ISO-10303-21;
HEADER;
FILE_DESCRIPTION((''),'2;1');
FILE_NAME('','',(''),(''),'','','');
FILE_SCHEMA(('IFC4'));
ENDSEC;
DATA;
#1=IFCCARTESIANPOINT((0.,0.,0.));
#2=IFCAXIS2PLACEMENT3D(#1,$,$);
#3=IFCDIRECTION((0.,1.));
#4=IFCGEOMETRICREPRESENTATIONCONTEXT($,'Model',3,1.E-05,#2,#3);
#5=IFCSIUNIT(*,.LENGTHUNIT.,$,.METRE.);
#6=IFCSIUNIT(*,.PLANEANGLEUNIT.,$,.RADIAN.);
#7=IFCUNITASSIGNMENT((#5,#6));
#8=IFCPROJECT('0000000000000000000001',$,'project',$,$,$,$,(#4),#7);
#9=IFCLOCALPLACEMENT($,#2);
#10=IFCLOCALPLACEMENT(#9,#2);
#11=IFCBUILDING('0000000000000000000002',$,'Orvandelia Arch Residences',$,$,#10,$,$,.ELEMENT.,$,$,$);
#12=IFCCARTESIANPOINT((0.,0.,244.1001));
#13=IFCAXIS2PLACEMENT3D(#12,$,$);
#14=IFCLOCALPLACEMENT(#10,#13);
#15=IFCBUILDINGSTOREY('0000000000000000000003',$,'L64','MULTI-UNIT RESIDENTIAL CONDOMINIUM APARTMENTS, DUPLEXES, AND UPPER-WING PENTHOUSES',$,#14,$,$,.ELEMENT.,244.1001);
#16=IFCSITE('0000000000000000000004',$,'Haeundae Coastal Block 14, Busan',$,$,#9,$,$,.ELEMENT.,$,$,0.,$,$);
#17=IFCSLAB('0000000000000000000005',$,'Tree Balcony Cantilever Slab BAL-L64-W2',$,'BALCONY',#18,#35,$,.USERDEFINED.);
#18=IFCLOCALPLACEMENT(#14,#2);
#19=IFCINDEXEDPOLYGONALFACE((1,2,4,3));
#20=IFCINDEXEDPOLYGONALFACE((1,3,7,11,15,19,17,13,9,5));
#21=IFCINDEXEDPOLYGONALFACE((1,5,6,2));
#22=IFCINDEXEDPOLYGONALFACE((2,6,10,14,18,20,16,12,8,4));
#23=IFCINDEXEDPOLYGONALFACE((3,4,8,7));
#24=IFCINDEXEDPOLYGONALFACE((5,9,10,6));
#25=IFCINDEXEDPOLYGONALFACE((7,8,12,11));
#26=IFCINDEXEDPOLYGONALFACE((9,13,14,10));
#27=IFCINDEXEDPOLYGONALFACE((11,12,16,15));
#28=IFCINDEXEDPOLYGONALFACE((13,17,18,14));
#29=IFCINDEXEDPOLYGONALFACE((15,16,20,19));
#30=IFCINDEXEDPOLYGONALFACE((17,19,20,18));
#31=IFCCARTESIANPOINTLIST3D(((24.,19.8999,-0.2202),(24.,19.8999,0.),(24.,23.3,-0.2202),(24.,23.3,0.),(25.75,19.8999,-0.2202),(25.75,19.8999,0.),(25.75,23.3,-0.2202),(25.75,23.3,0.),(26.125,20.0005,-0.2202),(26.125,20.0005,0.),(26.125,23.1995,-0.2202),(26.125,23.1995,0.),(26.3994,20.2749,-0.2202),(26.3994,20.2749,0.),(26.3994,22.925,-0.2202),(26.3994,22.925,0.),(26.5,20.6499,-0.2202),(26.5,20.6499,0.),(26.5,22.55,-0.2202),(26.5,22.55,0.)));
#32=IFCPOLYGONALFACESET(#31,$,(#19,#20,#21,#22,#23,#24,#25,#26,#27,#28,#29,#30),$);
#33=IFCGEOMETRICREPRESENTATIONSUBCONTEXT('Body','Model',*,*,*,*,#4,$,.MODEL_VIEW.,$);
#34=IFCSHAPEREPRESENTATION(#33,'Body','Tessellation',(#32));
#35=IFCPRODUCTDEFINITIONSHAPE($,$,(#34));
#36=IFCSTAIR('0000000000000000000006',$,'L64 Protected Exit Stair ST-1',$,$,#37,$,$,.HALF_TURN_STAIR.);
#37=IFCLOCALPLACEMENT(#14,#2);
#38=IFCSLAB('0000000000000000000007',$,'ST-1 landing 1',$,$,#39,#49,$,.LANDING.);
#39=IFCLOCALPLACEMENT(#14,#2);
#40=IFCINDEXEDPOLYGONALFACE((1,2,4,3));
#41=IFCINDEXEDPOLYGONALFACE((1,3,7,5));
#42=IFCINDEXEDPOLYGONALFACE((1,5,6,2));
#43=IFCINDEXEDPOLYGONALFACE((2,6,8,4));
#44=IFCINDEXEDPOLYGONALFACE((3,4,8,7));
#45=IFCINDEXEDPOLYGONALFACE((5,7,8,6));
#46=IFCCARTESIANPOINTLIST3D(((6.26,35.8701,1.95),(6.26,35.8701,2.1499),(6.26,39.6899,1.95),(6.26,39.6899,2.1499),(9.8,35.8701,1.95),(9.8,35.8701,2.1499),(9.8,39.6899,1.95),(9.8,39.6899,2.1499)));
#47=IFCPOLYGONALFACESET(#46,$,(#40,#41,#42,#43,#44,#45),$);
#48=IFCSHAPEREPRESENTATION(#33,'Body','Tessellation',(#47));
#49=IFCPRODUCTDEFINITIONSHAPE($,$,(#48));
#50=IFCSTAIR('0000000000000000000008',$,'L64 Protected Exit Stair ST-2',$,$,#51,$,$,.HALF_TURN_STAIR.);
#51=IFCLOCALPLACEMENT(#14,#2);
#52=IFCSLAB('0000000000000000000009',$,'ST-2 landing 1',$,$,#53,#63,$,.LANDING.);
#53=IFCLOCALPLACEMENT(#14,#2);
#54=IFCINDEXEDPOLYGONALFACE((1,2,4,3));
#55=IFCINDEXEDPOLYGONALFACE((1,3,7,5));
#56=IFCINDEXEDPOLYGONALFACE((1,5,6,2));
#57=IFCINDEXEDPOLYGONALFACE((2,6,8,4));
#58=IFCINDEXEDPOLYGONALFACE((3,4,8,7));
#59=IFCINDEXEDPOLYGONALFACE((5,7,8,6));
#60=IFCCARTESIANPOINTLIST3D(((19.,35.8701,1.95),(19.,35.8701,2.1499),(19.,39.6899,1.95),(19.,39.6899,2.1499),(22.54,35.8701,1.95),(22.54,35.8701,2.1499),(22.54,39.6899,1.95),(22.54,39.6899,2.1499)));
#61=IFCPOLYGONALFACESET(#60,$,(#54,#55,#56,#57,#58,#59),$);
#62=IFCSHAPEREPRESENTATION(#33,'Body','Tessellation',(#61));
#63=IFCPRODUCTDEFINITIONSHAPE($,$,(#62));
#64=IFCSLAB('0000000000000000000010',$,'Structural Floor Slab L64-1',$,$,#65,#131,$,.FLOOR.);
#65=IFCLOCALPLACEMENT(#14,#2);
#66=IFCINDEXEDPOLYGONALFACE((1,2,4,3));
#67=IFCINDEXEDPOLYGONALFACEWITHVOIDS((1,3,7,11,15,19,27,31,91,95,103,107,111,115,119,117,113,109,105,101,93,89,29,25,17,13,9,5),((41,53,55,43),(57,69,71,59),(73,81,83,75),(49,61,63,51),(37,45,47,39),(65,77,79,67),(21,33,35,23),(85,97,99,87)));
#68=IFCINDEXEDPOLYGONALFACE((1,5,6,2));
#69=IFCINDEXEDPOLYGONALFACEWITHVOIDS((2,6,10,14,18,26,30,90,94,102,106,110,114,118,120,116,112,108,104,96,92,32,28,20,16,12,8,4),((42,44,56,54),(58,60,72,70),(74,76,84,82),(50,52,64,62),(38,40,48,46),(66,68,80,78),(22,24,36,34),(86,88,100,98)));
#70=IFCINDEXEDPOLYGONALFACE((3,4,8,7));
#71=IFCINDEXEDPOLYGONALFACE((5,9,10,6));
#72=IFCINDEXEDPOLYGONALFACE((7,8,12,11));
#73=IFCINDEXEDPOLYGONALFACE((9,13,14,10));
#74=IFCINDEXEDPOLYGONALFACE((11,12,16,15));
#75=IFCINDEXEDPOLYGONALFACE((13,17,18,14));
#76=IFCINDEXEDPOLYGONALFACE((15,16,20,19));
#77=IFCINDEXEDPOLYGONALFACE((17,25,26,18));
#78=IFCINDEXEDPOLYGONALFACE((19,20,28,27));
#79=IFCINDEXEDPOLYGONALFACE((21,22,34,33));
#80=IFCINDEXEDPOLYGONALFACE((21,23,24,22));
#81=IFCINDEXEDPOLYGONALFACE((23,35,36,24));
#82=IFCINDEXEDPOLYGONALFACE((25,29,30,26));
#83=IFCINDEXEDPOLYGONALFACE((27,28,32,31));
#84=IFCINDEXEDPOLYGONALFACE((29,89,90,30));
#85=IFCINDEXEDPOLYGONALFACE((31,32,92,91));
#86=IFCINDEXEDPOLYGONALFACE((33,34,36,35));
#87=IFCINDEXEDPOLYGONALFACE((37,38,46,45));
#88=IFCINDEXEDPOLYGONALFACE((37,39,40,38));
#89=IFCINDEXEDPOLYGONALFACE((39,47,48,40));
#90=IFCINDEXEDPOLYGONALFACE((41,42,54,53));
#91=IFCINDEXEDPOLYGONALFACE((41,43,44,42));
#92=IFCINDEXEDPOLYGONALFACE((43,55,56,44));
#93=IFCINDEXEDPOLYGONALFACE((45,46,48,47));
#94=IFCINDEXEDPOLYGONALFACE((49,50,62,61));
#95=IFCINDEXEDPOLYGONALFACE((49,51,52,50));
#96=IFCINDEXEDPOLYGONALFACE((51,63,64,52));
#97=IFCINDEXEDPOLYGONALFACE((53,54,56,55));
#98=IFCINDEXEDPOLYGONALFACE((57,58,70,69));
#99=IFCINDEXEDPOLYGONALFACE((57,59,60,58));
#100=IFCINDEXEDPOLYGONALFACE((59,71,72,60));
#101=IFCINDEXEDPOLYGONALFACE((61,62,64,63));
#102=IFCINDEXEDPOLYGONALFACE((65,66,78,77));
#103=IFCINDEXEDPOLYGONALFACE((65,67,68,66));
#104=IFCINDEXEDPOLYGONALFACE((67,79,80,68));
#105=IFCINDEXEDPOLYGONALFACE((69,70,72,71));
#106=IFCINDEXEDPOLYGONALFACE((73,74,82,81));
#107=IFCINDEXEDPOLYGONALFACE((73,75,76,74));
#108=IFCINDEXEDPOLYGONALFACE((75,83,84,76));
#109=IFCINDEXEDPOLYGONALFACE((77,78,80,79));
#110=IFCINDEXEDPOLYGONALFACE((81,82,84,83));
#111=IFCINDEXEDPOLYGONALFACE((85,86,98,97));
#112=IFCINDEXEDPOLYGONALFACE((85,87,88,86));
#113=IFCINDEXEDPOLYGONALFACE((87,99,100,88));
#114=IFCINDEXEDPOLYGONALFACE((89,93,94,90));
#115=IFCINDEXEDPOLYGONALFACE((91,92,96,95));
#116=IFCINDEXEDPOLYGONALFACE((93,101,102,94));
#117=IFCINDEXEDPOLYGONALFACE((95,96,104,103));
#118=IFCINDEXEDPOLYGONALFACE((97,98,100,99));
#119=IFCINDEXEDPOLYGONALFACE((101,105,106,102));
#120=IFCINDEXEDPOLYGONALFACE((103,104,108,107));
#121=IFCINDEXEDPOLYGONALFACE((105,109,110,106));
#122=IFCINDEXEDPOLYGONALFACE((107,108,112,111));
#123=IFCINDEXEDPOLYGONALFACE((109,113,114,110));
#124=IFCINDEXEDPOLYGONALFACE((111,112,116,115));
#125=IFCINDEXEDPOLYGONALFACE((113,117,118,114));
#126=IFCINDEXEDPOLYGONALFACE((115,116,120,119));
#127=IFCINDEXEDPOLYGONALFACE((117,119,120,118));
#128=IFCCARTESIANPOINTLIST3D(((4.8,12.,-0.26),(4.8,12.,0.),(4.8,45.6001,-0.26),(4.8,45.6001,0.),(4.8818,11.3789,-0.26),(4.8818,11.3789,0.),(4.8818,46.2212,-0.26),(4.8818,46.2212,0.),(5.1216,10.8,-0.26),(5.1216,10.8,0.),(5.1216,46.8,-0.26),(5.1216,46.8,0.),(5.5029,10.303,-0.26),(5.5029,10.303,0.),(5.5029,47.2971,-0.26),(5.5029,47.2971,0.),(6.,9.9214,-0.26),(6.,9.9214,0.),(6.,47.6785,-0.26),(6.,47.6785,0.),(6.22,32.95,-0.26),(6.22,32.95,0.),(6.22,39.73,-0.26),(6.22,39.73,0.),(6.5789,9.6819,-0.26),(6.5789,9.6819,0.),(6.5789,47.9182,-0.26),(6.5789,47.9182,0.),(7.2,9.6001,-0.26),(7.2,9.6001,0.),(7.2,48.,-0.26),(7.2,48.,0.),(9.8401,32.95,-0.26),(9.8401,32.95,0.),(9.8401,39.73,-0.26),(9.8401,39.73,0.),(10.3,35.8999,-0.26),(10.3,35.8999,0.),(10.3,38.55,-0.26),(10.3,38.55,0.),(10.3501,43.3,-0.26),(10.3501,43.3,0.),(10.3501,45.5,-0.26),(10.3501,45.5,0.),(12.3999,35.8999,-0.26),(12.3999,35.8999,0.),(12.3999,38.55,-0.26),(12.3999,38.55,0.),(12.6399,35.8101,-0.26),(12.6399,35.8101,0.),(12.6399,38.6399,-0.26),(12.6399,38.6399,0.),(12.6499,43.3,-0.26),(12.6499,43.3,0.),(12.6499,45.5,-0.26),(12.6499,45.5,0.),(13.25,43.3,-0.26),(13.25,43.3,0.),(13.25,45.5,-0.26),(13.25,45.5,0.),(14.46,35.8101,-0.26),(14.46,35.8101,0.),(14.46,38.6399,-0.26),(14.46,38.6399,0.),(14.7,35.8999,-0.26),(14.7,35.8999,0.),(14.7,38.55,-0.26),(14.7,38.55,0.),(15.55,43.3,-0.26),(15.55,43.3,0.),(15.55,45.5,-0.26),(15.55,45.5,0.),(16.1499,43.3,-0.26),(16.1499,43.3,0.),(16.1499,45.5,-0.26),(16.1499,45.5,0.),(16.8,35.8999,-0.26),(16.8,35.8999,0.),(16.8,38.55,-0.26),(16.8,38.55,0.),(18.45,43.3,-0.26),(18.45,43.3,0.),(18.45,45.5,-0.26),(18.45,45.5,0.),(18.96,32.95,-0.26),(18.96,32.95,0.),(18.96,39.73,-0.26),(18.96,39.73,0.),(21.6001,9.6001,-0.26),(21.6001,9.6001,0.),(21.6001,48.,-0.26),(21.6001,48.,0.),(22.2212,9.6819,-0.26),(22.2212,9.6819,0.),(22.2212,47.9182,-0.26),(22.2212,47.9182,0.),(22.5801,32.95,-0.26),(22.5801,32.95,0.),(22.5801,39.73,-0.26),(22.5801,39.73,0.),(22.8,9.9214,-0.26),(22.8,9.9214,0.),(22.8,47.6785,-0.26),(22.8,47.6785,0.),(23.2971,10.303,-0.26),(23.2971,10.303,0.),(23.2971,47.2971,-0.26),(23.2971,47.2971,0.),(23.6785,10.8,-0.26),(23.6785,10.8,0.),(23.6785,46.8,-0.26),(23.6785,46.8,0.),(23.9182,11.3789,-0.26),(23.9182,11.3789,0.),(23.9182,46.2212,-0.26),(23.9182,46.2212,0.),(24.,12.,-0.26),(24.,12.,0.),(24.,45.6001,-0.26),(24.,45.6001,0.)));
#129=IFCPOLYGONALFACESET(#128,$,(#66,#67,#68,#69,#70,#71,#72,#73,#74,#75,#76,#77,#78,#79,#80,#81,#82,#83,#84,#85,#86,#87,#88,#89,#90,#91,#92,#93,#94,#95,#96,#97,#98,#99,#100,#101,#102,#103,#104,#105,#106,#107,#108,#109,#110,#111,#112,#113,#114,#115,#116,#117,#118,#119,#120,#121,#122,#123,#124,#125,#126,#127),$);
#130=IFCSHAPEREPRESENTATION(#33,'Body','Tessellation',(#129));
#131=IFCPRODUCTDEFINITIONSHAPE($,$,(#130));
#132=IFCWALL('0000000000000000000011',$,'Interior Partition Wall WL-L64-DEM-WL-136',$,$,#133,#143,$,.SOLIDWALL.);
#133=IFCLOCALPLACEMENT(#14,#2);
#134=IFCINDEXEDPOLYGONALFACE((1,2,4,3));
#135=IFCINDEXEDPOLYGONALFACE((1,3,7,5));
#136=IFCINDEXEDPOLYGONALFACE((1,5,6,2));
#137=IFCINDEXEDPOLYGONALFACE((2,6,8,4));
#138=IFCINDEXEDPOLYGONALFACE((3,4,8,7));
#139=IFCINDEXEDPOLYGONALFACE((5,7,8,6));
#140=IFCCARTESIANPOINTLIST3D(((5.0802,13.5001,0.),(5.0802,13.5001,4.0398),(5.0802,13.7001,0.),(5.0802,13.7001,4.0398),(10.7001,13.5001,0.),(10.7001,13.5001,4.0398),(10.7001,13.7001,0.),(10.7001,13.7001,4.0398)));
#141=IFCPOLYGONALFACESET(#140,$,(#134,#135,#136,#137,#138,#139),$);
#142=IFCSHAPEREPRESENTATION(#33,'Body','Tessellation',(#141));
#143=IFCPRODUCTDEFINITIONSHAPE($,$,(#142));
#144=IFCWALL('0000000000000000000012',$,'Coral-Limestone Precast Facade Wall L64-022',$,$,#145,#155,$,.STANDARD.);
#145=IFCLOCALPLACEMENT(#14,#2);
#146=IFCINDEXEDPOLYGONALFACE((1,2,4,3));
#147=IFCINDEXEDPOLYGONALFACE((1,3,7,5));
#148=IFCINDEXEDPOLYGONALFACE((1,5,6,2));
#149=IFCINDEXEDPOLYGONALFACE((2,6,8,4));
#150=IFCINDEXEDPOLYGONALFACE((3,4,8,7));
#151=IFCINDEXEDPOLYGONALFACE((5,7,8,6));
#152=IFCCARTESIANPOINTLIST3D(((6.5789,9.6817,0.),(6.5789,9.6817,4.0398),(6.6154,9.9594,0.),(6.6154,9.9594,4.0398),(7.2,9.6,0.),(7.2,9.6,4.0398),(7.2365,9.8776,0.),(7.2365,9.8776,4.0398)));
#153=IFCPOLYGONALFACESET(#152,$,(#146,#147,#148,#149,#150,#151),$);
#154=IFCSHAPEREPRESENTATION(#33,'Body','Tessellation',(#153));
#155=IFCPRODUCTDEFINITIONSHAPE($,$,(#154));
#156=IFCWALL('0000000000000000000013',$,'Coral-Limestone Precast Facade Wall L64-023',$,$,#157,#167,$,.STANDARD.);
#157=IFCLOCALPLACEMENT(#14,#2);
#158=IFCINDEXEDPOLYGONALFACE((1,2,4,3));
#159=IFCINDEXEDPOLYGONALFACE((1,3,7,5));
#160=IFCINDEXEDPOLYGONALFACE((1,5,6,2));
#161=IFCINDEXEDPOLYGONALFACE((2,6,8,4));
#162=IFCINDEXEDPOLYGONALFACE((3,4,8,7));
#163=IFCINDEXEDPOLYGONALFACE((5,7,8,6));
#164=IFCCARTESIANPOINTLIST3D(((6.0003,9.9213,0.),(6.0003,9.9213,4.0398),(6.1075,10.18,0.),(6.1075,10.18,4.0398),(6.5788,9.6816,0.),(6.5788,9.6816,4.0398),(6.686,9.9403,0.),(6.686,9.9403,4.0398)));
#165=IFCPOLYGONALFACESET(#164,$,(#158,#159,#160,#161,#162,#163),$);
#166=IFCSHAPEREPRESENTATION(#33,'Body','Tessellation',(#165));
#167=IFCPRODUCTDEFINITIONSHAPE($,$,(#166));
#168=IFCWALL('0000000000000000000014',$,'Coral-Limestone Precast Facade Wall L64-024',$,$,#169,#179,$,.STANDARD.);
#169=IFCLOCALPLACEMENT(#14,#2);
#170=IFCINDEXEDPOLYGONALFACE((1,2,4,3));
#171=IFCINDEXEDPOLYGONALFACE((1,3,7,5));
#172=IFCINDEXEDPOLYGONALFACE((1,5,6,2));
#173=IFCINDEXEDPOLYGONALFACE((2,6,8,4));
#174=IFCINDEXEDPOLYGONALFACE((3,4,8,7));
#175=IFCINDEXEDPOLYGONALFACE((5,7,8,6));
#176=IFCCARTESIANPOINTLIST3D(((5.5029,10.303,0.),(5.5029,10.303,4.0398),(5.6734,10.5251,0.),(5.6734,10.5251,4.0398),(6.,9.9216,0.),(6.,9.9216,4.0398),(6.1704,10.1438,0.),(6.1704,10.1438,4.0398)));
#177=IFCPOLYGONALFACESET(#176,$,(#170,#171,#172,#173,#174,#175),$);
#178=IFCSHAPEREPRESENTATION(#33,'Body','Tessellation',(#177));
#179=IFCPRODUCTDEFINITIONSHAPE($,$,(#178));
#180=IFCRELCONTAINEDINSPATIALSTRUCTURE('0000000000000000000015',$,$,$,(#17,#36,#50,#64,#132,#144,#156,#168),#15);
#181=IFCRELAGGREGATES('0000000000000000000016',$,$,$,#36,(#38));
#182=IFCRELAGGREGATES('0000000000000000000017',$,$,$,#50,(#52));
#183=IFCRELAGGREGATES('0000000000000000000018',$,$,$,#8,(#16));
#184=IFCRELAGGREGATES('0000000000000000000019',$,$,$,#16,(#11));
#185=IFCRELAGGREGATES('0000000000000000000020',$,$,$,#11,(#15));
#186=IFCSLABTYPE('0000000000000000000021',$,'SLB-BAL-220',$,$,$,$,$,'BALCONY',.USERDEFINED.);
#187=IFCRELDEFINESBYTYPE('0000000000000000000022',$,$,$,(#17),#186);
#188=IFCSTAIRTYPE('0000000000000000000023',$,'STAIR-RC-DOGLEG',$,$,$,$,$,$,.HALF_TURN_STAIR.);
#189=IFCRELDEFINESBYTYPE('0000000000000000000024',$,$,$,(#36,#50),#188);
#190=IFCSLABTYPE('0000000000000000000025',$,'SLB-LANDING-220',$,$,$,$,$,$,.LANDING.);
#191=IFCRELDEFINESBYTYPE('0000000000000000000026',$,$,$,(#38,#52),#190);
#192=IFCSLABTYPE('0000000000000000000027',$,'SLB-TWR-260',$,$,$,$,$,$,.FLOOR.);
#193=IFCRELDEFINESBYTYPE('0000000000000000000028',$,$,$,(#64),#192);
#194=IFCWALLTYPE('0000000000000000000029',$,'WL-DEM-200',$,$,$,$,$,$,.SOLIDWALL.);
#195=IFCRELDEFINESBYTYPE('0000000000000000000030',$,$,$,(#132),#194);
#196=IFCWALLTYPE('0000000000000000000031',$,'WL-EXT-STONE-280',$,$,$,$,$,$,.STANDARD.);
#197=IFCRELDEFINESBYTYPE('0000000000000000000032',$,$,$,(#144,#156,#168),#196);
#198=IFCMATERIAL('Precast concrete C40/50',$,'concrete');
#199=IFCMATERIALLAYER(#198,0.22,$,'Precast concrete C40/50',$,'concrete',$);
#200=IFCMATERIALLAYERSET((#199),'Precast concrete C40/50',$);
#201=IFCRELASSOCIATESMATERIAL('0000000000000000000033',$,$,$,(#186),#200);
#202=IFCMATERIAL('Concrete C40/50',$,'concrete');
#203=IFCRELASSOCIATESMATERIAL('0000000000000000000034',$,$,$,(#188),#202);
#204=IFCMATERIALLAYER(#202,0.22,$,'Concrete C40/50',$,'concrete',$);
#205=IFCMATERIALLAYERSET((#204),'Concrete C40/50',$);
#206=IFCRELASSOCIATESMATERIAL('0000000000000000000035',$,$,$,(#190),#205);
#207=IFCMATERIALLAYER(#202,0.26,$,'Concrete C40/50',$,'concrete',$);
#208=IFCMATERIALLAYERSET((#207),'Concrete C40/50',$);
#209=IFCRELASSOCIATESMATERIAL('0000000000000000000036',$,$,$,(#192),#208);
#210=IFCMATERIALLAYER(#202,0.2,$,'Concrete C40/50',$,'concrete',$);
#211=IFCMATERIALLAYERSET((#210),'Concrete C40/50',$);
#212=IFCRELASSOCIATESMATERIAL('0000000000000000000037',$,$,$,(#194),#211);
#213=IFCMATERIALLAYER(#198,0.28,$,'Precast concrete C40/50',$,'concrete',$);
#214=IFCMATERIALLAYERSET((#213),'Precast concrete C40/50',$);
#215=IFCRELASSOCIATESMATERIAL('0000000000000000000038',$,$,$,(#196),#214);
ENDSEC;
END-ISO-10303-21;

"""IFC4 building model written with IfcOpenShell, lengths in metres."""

from ifc_helpers import new_model, si_unit, direction, frame, frame_2d, origin, place, context, subcontext, project, spatial, polyline, rectangle, outline, extrude, material, layer, layer_set, type_object, element, aggregate, save


model = new_model("IFC4")

# Units and contexts
model_context = context("Model", 3, precision=1e-05, world=origin(), true_north=direction((0.0, 1.0)))
body_context = subcontext(model_context, "Body", "Model", "MODEL_VIEW")
ifc_project = project(units=[si_unit("LENGTHUNIT", "METRE"), si_unit("PLANEANGLEUNIT", "RADIAN")], contexts=[model_context])

# Site, building, storey
site_placement = place(None, origin())
site = spatial("IfcSite", under=ifc_project, at=site_placement, Name="Haeundae Coastal Block 14, Busan", CompositionType="ELEMENT", RefElevation=0.0)
building_placement = place(site_placement, origin())
building = spatial("IfcBuilding", under=site, at=building_placement, Name="Orvandelia Arch Residences", CompositionType="ELEMENT")
storey_placement = place(building_placement, frame((0.0, 0.0, 244.1001)))
storey = spatial("IfcBuildingStorey", under=building, at=storey_placement, Name="L64", Description="MULTI-UNIT RESIDENTIAL CONDOMINIUM APARTMENTS, DUPLEXES, AND UPPER-WING PENTHOUSES", CompositionType="ELEMENT", Elevation=244.1001)

# Slab
ifc_material_1 = material(Name="Precast concrete C40/50", Category="concrete")
ifc_layer_1 = layer(ifc_material_1, 0.22, Name="Precast concrete C40/50", Category="concrete")
ifc_layer_set_1 = layer_set([ifc_layer_1], Name="Precast concrete C40/50")
slab_type_1 = type_object("IfcSlabType", Name="SLB-BAL-220", ElementType="BALCONY", PredefinedType="USERDEFINED", material=ifc_layer_set_1)
slab_1_placement = place(storey_placement, frame((0.0, 0.0, -0.2202)))
element("IfcSlab", 1, at=slab_1_placement, inside=storey, type_object=slab_type_1, Name="Tree Balcony Cantilever Slab BAL-L64-W2", ObjectType="BALCONY", PredefinedType="USERDEFINED", context=body_context, shape_type="SweptSolid", body=[
    extrude(outline(polyline([(24.0, 23.3), (24.0, 19.8999), (25.75, 19.8999), (26.125, 20.0005), (26.3994, 20.2749), (26.5, 20.6499), (26.5, 22.55), (26.3994, 22.925), (26.125, 23.1995), (25.75, 23.3), (24.0, 23.3)])), origin(), (0.0, 0.0, 1.0), 0.2202),
])

# Stairs, slabs
ifc_material_2 = material(Name="Concrete C40/50", Category="concrete")
stair_type = type_object("IfcStairType", Name="STAIR-RC-DOGLEG", PredefinedType="HALF_TURN_STAIR", material=ifc_material_2)
stair_1_placement = place(storey_placement, origin())
stair_1 = element("IfcStair", 2, at=stair_1_placement, inside=storey, type_object=stair_type, Name="L64 Protected Exit Stair ST-1", PredefinedType="HALF_TURN_STAIR")
ifc_layer_2 = layer(ifc_material_2, 0.22, Name="Concrete C40/50", Category="concrete")
ifc_layer_set_2 = layer_set([ifc_layer_2], Name="Concrete C40/50")
slab_type_2 = type_object("IfcSlabType", Name="SLB-LANDING-220", PredefinedType="LANDING", material=ifc_layer_set_2)
slab_2_placement = place(storey_placement, frame((0.0, 0.0, 1.95)))
slab_2 = element("IfcSlab", 3, at=slab_2_placement, type_object=slab_type_2, Name="ST-1 landing 1", PredefinedType="LANDING", context=body_context, shape_type="SweptSolid", body=[
    extrude(outline(polyline([(9.8, 35.8701), (9.8, 39.6899), (6.26, 39.6899), (6.26, 35.8701), (9.8, 35.8701)])), origin(), (0.0, 0.0, 1.0), 0.2),
])
aggregate(stair_1, [slab_2])
stair_2_placement = place(storey_placement, origin())
stair_2 = element("IfcStair", 4, at=stair_2_placement, inside=storey, type_object=stair_type, Name="L64 Protected Exit Stair ST-2", PredefinedType="HALF_TURN_STAIR")
slab_3_placement = place(storey_placement, frame((0.0, 0.0, 1.95)))
slab_3 = element("IfcSlab", 5, at=slab_3_placement, type_object=slab_type_2, Name="ST-2 landing 1", PredefinedType="LANDING", context=body_context, shape_type="SweptSolid", body=[
    extrude(outline(polyline([(22.54, 35.8701), (22.54, 39.6899), (19.0, 39.6899), (19.0, 35.8701), (22.54, 35.8701)])), origin(), (0.0, 0.0, 1.0), 0.2),
])
aggregate(stair_2, [slab_3])

# Slab
ifc_layer_3 = layer(ifc_material_2, 0.26, Name="Concrete C40/50", Category="concrete")
ifc_layer_set_3 = layer_set([ifc_layer_3], Name="Concrete C40/50")
slab_type_3 = type_object("IfcSlabType", Name="SLB-TWR-260", PredefinedType="FLOOR", material=ifc_layer_set_3)
slab_4_placement = place(storey_placement, frame((0.0, 0.0, -0.26)))
element("IfcSlab", 6, at=slab_4_placement, inside=storey, type_object=slab_type_3, Name="Structural Floor Slab L64-1", PredefinedType="FLOOR", context=body_context, shape_type="SweptSolid", body=[
    extrude(outline(polyline([(4.8, 12.0), (4.8818, 11.3789), (5.1216, 10.8), (5.5029, 10.303), (6.0, 9.9214), (6.5789, 9.6819), (7.2, 9.6001), (21.6001, 9.6001), (22.2212, 9.6819), (22.8, 9.9214), (23.2971, 10.303), (23.6785, 10.8), (23.9182, 11.3789), (24.0, 12.0), (24.0, 45.6001), (23.9182, 46.2212), (23.6785, 46.8), (23.2971, 47.2971), (22.8, 47.6785), (22.2212, 47.9182), (21.6001, 48.0), (7.2, 48.0), (6.5789, 47.9182), (6.0, 47.6785), (5.5029, 47.2971), (5.1216, 46.8), (4.8818, 46.2212), (4.8, 45.6001), (4.8, 12.0)]), holes=[polyline([(6.22, 32.95), (9.8401, 32.95), (9.8401, 39.73), (6.22, 39.73), (6.22, 32.95)]), polyline([(18.96, 32.95), (22.5801, 32.95), (22.5801, 39.73), (18.96, 39.73), (18.96, 32.95)]), polyline([(12.6399, 35.8101), (14.46, 35.8101), (14.46, 38.6399), (12.6399, 38.6399), (12.6399, 35.8101)]), polyline([(10.3, 35.8999), (12.3999, 35.8999), (12.3999, 38.55), (10.3, 38.55), (10.3, 35.8999)]), polyline([(14.7, 35.8999), (16.8, 35.8999), (16.8, 38.55), (14.7, 38.55), (14.7, 35.8999)]), polyline([(10.3501, 43.3), (12.6499, 43.3), (12.6499, 45.5), (10.3501, 45.5), (10.3501, 43.3)]), polyline([(13.25, 43.3), (15.55, 43.3), (15.55, 45.5), (13.25, 45.5), (13.25, 43.3)]), polyline([(16.1499, 43.3), (18.45, 43.3), (18.45, 45.5), (16.1499, 45.5), (16.1499, 43.3)])]), origin(), (0.0, 0.0, 1.0), 0.26),
])

# Walls
ifc_layer_4 = layer(ifc_material_2, 0.2, Name="Concrete C40/50", Category="concrete")
ifc_layer_set_4 = layer_set([ifc_layer_4], Name="Concrete C40/50")
wall_type_1 = type_object("IfcWallType", Name="WL-DEM-200", PredefinedType="SOLIDWALL", material=ifc_layer_set_4)
wall_1_placement = place(storey_placement, frame((5.0801, 13.6001, 0.0), z_axis=(0.0, 0.0, 1.0), x_axis=(1.0, 0.0, 0.0)))
element("IfcWall", 7, at=wall_1_placement, inside=storey, type_object=wall_type_1, Name="Interior Partition Wall WL-L64-DEM-WL-136", PredefinedType="SOLIDWALL", context=body_context, shape_type="SweptSolid", body=[
    extrude(rectangle(XDim=5.6199, YDim=0.2, at=frame_2d((2.8101, 0.0))), origin(), (0.0, 0.0, 1.0), 4.0398),
])
ifc_layer_5 = layer(ifc_material_1, 0.28, Name="Precast concrete C40/50", Category="concrete")
ifc_layer_set_5 = layer_set([ifc_layer_5], Name="Precast concrete C40/50")
wall_type_2 = type_object("IfcWallType", Name="WL-EXT-STONE-280", PredefinedType="STANDARD", material=ifc_layer_set_5)
wall_2_placement = place(storey_placement, frame((7.2183, 9.7388, 0.0), z_axis=(0.0, 0.0, 1.0), x_axis=(-0.991441, 0.130555, 0.0)))
element("IfcWall", 8, at=wall_2_placement, inside=storey, type_object=wall_type_2, Name="Coral-Limestone Precast Facade Wall L64-022", PredefinedType="STANDARD", context=body_context, shape_type="SweptSolid", body=[
    extrude(rectangle(XDim=0.6265, YDim=0.28, at=frame_2d((0.3132, 0.0))), origin(), (0.0, 0.0, 1.0), 4.0398),
])
wall_3_placement = place(storey_placement, frame((6.6323, 9.811, 0.0), z_axis=(0.0, 0.0, 1.0), x_axis=(-0.923836, 0.382788, 0.0)))
element("IfcWall", 9, at=wall_3_placement, inside=storey, type_object=wall_type_2, Name="Coral-Limestone Precast Facade Wall L64-023", PredefinedType="STANDARD", context=body_context, shape_type="SweptSolid", body=[
    extrude(rectangle(XDim=0.6262, YDim=0.28, at=frame_2d((0.313, 0.0))), origin(), (0.0, 0.0, 1.0), 4.0398),
])
for number, where, z_axis, x_axis, name in (
    (10, (6.0852, 10.0327, 0.0), (0.0, 0.0, 1.0), (-0.793406, 0.608693, 0.0), "Coral-Limestone Precast Facade Wall L64-024"),
):
    element("IfcWall", number, at=place(storey_placement, frame(where, z_axis=z_axis, x_axis=x_axis)), inside=storey, type_object=wall_type_2, Name=name, PredefinedType="STANDARD", context=body_context, shape_type="SweptSolid", body=[
        extrude(rectangle(XDim=0.6265, YDim=0.28, at=frame_2d((0.3132, 0.0))), origin(), (0.0, 0.0, 1.0), 4.0398),
    ])

save(model, "model.ifc")
